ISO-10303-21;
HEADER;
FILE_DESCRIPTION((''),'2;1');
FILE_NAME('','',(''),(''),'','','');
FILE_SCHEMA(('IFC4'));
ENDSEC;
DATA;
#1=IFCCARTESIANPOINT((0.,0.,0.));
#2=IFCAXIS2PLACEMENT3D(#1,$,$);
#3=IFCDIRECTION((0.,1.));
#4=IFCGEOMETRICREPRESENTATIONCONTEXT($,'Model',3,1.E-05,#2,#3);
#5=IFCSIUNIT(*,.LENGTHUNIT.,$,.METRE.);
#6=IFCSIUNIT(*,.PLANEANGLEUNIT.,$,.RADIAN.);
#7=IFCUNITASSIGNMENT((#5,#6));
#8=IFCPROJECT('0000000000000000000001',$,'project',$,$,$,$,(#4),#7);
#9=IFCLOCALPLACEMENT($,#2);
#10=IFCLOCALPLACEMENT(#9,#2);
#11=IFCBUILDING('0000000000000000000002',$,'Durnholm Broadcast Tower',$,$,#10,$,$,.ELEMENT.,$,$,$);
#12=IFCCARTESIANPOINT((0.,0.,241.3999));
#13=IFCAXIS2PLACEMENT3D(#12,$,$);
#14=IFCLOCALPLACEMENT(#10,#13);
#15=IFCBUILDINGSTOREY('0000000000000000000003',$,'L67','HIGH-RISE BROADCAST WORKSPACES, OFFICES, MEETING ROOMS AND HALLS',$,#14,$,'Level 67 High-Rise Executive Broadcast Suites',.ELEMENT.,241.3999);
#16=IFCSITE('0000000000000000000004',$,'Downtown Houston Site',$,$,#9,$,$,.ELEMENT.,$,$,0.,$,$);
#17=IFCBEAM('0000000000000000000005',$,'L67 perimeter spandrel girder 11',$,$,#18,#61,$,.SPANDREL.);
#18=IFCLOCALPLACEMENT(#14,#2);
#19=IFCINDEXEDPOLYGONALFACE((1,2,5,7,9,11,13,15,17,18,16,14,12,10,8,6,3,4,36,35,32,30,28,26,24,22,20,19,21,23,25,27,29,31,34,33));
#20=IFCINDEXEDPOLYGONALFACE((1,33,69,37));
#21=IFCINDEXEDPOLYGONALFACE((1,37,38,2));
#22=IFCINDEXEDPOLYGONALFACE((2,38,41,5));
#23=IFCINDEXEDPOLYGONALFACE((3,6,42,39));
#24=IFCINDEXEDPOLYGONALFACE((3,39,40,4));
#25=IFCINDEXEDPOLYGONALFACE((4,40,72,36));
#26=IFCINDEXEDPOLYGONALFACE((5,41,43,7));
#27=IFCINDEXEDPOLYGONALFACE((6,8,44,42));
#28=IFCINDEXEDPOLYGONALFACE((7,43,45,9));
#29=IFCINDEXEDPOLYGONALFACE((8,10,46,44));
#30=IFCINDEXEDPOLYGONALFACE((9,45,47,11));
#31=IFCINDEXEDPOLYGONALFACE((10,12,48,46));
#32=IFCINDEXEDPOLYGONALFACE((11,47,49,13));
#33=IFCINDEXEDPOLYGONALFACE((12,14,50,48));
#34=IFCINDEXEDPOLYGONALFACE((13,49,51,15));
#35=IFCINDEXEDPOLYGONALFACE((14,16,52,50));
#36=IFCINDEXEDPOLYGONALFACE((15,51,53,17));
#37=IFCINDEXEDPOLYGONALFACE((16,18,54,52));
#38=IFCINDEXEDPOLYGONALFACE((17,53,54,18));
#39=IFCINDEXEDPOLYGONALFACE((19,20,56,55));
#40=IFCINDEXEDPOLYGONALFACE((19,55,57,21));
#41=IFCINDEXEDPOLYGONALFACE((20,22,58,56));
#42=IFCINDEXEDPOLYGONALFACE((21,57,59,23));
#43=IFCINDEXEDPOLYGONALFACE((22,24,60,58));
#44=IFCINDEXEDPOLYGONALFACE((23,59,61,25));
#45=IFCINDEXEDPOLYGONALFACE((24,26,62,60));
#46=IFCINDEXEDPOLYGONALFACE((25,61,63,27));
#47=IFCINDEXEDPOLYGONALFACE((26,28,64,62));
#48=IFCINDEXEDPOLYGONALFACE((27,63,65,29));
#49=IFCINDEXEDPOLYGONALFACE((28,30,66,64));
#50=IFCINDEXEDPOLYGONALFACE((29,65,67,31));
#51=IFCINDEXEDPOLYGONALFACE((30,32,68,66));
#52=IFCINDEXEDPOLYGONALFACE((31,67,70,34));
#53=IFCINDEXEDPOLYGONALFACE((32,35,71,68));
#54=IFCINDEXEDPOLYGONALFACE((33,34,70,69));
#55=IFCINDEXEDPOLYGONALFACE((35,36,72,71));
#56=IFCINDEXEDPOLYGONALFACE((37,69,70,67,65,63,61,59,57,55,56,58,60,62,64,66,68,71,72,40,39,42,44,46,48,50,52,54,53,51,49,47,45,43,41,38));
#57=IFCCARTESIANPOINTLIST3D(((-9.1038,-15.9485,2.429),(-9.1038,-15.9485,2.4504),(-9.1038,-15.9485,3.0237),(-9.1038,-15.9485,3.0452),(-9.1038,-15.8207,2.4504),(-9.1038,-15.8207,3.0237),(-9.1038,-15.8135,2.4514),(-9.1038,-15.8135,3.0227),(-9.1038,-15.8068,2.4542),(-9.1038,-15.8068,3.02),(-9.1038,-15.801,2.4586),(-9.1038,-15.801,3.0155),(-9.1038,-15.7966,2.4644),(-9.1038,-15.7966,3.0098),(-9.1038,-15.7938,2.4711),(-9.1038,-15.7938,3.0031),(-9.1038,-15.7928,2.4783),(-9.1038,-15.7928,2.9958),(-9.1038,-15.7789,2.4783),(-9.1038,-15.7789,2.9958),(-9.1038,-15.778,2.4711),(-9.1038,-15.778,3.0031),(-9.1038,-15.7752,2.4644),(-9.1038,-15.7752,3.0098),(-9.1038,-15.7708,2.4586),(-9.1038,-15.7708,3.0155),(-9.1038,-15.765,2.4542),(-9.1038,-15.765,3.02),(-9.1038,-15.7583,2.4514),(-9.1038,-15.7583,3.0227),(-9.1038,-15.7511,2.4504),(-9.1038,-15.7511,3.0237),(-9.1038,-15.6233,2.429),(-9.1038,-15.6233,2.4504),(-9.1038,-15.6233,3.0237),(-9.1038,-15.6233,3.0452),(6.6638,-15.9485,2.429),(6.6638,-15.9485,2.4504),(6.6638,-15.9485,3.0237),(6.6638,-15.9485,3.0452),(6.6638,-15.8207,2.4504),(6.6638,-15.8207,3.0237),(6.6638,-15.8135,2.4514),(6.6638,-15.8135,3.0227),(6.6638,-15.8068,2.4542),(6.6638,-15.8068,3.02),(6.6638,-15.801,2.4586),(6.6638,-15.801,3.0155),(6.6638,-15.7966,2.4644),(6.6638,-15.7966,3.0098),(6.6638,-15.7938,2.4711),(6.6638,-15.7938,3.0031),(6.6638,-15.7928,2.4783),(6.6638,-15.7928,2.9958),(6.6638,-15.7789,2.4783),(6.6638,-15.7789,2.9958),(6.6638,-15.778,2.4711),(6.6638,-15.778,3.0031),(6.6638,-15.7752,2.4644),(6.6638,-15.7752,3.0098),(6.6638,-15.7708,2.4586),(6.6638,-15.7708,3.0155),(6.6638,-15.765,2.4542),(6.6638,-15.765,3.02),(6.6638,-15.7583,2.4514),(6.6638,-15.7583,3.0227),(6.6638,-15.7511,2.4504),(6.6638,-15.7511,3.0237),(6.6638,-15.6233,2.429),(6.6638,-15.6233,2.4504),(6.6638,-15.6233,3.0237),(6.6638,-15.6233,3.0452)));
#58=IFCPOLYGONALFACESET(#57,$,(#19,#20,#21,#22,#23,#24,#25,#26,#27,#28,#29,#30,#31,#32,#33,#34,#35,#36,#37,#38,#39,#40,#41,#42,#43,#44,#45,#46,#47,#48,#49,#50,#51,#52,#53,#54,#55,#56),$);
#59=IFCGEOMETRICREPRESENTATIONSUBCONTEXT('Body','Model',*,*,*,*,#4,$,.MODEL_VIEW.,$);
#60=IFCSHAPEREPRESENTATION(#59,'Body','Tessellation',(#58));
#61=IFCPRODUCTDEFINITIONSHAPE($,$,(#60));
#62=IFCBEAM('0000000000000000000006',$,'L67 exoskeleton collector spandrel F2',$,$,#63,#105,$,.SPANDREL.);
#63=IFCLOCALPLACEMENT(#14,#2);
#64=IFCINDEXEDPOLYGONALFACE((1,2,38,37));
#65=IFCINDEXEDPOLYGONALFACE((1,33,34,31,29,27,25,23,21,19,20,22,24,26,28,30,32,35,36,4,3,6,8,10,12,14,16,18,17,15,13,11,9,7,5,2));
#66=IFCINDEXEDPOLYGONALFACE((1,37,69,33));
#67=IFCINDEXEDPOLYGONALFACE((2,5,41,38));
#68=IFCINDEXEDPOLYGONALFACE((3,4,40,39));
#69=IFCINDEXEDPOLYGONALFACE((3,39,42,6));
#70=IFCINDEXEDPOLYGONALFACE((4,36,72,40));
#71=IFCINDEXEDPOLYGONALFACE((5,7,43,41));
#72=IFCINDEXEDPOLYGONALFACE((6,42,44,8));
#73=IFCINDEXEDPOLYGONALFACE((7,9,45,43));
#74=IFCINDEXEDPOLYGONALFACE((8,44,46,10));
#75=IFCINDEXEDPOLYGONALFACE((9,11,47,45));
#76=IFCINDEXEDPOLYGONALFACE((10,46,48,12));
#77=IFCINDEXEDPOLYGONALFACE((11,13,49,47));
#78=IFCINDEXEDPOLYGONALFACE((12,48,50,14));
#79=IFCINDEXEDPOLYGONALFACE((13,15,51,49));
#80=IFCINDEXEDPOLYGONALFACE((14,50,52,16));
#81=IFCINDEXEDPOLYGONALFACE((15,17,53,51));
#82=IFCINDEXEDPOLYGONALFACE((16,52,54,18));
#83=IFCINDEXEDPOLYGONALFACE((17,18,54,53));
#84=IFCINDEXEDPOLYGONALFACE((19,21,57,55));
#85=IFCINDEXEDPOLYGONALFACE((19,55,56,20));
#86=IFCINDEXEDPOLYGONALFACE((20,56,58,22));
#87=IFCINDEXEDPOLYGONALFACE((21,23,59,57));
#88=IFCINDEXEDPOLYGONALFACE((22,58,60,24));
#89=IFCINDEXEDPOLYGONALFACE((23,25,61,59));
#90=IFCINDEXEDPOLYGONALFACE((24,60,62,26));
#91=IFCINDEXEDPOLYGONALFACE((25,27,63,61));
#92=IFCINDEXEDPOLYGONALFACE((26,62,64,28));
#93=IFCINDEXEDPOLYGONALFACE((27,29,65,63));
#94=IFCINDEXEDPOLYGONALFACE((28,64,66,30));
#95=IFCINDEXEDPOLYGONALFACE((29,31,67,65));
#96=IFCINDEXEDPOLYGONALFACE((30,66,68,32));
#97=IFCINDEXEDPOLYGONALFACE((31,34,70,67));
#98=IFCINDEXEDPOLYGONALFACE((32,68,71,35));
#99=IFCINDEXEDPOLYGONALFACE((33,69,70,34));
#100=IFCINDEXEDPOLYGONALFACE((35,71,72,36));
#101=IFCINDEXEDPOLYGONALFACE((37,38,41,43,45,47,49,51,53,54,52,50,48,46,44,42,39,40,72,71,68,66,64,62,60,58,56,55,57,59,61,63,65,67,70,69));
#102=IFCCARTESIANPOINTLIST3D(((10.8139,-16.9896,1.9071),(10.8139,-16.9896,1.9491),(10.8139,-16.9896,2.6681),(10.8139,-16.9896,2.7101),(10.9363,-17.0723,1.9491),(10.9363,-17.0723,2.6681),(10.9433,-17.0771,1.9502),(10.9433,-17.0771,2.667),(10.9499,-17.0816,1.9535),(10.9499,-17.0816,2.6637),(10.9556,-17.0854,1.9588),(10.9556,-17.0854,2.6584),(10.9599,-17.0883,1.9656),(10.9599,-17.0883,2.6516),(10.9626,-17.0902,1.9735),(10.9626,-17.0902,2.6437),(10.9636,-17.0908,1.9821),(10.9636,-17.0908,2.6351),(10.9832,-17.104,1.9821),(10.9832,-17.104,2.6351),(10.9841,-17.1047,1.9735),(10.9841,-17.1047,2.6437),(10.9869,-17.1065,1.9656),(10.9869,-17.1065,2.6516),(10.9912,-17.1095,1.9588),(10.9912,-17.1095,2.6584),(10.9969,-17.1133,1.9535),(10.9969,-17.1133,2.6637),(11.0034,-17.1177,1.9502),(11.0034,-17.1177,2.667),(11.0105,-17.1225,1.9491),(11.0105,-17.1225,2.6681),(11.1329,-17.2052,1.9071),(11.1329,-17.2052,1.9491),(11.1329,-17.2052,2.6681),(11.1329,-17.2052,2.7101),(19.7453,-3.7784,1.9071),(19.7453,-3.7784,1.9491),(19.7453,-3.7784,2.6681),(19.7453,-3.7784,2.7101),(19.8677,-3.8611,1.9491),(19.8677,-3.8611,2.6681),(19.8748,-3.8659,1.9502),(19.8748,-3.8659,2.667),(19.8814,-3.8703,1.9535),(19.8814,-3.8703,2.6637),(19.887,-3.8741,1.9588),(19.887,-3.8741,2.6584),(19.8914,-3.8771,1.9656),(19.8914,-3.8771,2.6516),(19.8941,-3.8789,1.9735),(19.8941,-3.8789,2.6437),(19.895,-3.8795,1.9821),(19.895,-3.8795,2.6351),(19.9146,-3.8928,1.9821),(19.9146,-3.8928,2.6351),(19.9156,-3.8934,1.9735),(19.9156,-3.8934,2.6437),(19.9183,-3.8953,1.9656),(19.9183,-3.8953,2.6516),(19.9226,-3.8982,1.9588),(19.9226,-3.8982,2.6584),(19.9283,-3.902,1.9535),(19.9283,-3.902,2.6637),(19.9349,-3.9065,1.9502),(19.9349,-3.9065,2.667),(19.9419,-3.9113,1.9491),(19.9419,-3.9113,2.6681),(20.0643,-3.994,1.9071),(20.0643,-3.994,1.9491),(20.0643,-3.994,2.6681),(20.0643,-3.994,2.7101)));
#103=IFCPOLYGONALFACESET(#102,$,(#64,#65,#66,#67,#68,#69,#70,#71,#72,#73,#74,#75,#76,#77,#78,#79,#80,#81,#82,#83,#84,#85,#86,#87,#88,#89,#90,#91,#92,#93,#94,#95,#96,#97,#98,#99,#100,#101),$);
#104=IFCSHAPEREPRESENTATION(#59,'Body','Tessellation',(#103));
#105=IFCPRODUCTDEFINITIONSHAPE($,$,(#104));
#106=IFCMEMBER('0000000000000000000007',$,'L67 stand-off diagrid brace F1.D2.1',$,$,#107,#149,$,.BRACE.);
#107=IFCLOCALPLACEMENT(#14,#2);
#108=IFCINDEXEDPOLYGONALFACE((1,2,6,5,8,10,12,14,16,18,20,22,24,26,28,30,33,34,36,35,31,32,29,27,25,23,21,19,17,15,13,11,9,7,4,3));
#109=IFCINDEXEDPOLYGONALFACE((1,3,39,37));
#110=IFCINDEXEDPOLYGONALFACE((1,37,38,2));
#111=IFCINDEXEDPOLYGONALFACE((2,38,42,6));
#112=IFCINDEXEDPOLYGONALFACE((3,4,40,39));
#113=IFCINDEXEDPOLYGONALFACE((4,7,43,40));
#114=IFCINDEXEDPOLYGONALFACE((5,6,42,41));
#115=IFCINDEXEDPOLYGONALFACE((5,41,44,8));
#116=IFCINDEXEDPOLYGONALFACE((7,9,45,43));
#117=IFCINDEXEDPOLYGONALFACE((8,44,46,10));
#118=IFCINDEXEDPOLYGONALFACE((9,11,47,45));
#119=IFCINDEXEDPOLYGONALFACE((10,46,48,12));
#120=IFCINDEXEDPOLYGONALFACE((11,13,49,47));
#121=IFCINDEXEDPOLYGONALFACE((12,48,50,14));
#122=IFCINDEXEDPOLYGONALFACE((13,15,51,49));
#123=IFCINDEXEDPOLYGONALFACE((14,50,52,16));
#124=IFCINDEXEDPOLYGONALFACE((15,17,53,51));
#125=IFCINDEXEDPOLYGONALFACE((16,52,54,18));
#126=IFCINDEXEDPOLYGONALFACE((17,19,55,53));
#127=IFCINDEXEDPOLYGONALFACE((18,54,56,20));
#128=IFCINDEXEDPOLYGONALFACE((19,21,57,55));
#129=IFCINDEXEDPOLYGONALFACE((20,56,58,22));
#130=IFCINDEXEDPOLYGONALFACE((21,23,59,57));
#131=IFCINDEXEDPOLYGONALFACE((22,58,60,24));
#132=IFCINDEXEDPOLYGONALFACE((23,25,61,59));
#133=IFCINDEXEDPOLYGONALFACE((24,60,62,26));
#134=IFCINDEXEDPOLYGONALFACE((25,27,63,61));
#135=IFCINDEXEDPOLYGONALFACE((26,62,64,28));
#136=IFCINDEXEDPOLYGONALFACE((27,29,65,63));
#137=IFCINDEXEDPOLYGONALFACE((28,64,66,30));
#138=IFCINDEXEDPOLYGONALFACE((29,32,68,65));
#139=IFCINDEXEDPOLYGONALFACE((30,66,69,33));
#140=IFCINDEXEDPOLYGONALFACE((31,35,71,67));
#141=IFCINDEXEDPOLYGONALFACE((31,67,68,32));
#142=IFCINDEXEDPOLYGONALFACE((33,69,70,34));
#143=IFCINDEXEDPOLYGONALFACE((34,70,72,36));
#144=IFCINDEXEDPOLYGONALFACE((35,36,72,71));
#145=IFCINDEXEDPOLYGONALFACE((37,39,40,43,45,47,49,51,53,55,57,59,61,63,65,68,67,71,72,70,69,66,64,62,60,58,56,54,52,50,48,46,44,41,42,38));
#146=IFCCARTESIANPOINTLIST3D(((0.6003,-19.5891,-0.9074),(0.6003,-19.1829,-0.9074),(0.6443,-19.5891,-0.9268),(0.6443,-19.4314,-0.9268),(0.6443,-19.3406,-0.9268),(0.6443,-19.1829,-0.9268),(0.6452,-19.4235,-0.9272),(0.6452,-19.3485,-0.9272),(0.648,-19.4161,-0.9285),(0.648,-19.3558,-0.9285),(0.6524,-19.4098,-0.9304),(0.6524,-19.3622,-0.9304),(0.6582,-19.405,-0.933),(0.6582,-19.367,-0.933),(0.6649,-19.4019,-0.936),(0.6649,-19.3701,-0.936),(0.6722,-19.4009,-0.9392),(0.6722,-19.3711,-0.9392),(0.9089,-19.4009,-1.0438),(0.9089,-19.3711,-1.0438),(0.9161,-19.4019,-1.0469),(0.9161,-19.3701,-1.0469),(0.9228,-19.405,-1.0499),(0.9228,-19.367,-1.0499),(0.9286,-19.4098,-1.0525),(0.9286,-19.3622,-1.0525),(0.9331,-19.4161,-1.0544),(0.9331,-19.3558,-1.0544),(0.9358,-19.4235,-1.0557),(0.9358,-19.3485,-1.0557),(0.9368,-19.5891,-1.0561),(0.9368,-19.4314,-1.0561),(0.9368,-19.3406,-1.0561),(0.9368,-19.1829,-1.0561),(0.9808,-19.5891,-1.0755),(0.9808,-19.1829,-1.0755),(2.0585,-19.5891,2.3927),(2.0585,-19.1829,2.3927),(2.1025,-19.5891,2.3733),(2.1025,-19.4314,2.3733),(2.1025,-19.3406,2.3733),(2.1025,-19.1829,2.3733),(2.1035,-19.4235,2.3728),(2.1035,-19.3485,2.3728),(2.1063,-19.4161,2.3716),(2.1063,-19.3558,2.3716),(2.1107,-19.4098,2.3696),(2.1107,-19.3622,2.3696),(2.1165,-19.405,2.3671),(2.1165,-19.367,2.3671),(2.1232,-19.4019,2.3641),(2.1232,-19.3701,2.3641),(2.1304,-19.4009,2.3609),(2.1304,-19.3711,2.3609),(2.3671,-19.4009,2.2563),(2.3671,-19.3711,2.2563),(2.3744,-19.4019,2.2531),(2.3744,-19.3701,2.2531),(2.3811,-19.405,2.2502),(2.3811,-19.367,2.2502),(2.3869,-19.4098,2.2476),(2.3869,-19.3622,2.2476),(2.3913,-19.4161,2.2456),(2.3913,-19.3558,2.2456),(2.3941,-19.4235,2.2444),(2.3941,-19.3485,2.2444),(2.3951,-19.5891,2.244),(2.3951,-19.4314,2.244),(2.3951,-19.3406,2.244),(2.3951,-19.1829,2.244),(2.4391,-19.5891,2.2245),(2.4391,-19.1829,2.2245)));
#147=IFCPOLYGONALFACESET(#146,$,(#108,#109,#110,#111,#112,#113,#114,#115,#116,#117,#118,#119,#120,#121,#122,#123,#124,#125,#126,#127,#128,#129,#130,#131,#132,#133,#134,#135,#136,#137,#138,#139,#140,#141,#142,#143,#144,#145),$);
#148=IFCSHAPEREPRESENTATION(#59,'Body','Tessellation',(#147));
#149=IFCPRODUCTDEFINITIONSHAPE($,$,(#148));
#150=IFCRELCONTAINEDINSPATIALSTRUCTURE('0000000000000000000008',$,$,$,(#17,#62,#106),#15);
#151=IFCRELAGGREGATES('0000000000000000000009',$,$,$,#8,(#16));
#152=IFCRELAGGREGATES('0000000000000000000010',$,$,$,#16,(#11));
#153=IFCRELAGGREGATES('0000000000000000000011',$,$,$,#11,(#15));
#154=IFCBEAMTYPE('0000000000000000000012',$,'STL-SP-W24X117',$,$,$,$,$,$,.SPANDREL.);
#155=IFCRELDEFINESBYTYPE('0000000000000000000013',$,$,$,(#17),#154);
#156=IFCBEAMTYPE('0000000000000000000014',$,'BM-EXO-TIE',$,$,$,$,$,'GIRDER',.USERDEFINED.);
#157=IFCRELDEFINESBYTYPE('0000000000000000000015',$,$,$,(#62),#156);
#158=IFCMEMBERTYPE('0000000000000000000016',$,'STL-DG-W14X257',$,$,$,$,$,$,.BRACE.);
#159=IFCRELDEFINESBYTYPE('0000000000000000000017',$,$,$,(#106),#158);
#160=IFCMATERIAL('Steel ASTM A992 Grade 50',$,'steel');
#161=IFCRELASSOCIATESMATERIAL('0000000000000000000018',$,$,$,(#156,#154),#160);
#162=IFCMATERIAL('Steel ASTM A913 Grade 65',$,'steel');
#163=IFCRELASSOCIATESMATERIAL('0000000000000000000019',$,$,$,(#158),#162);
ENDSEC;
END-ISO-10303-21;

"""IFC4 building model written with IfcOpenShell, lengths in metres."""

from ifc_helpers import new_model, si_unit, direction, frame, origin, origin_2d, place, context, subcontext, project, spatial, i_section, extrude, source, transform, mapped, material, material_profile, profile_set, type_object, type_shapes, element, save


model = new_model("IFC4")

# Units and contexts
model_context = context("Model", 3, precision=1e-05, world=origin(), true_north=direction((0.0, 1.0)))
body_context = subcontext(model_context, "Body", "Model", "MODEL_VIEW")
ifc_project = project(units=[si_unit("LENGTHUNIT", "METRE"), si_unit("PLANEANGLEUNIT", "RADIAN")], contexts=[model_context])

# Site, building, storey
site_placement = place(None, origin())
site = spatial("IfcSite", under=ifc_project, at=site_placement, Name="Downtown Houston Site", CompositionType="ELEMENT", RefElevation=0.0)
building_placement = place(site_placement, origin())
building = spatial("IfcBuilding", under=site, at=building_placement, Name="Durnholm Broadcast Tower", CompositionType="ELEMENT")
storey_placement = place(building_placement, frame((0.0, 0.0, 241.3999)))
storey = spatial("IfcBuildingStorey", under=building, at=storey_placement, Name="L67", Description="HIGH-RISE BROADCAST WORKSPACES, OFFICES, MEETING ROOMS AND HALLS", LongName="Level 67 High-Rise Executive Broadcast Suites", CompositionType="ELEMENT", Elevation=241.3999)

# Beams
ifc_material_1 = material(Name="Steel ASTM A992 Grade 50", Category="steel")
ifc_material_profile_1 = material_profile(ifc_material_1, i_section(OverallWidth=0.385, OverallDepth=0.803, WebThickness=0.0237, FlangeThickness=0.042, FilletRadius=0.033, at=origin_2d()), Name="W30X261")
ifc_profile_set_1 = profile_set([ifc_material_profile_1], Name="Steel ASTM A992 Grade 50")
beam_type_1 = type_object("IfcBeamType", Name="BM-EXO-TIE", ElementType="GIRDER", PredefinedType="USERDEFINED", material=ifc_profile_set_1)
ifc_material_profile_2 = material_profile(ifc_material_1, i_section(OverallWidth=0.3252, OverallDepth=0.6162, WebThickness=0.0139, FlangeThickness=0.0215, FilletRadius=0.0278, at=origin_2d()), Name="W24X117")
ifc_profile_set_2 = profile_set([ifc_material_profile_2], Name="Steel ASTM A992 Grade 50")
beam_type_2 = type_object("IfcBeamType", Name="STL-SP-W24X117", PredefinedType="SPANDREL", material=ifc_profile_set_2)
shared_shape_1 = source(origin(), body_context, "Body", "SweptSolid", [
    extrude(i_section(OverallWidth=0.3252, OverallDepth=0.6162, WebThickness=0.0139, FlangeThickness=0.0215, FilletRadius=0.0278, at=origin_2d()), origin(), (0.0, 0.0, 1.0), 15.7676),
])
beam_1_placement = place(storey_placement, frame((6.6638, -15.7859, 2.7371), z_axis=(-1.0, 0.0, 0.0), x_axis=(0.0, -1.0, 0.0)))
element("IfcBeam", 1, at=beam_1_placement, inside=storey, type_object=beam_type_2, Name="L67 perimeter spandrel girder 11", PredefinedType="SPANDREL", context=body_context, shape_type="MappedRepresentation", body=[
    mapped(shared_shape_1, transform((0.0, 0.0, 0.0), x_axis=(1.0, 0.0, 0.0), y_axis=(0.0, 1.0, 0.0), z_axis=(0.0, 0.0, 1.0), scale=1.0)),
])
shared_shape_2 = source(origin(), body_context, "Body", "SweptSolid", [
    extrude(i_section(OverallWidth=0.385, OverallDepth=0.803, WebThickness=0.0237, FlangeThickness=0.042, FilletRadius=0.033, at=origin_2d()), origin(), (0.0, 0.0, 1.0), 15.947),
])
beam_2_placement = place(storey_placement, frame((10.9734, -17.0974, 2.3086), z_axis=(0.560069, 0.828446, 0.0), x_axis=(-0.828446, 0.560069, 0.0)))
element("IfcBeam", 2, at=beam_2_placement, inside=storey, type_object=beam_type_1, Name="L67 exoskeleton collector spandrel F2", PredefinedType="SPANDREL", context=body_context, shape_type="MappedRepresentation", body=[
    mapped(shared_shape_2, transform((0.0, 0.0, 0.0), x_axis=(1.0, 0.0, 0.0), y_axis=(0.0, 1.0, 0.0), z_axis=(0.0, 0.0, 1.0), scale=1.0)),
])

# Member
ifc_material_2 = material(Name="Steel ASTM A913 Grade 65", Category="steel")
ifc_material_profile_3 = material_profile(ifc_material_2, i_section(OverallWidth=0.4062, OverallDepth=0.416, WebThickness=0.0298, FlangeThickness=0.0481, FilletRadius=0.0305, at=origin_2d()), Name="W14X257")
ifc_profile_set_3 = profile_set([ifc_material_profile_3], Name="Steel ASTM A913 Grade 65")
member_type_1 = type_object("IfcMemberType", Name="STL-DG-W14X257", PredefinedType="BRACE", material=ifc_profile_set_3)
shared_shape_3 = source(origin(), body_context, "Body", "SweptSolid", [
    extrude(i_section(OverallWidth=0.4062, OverallDepth=0.416, WebThickness=0.0298, FlangeThickness=0.0481, FilletRadius=0.0305, at=origin_2d()), origin(), (0.0, 0.0, 1.0), 3.6079),
])
type_shapes(member_type_1, [shared_shape_3])
for number, where, z_axis, x_axis, name in (
    (3, (0.7905, -19.386, -0.9915), (0.404185, 0.0, 0.914677), (0.0, 1.0, 0.0), "L67 stand-off diagrid brace F1.D2.1"),
):
    element("IfcMember", number, at=place(storey_placement, frame(where, z_axis=z_axis, x_axis=x_axis)), inside=storey, type_object=member_type_1, Name=name, PredefinedType="BRACE", context=body_context, shape_type="MappedRepresentation", body=[
        mapped(shared_shape_3, transform((0.0, 0.0, 0.0), x_axis=(1.0, 0.0, 0.0), y_axis=(0.0, 1.0, 0.0), z_axis=(0.0, 0.0, 1.0), scale=1.0)),
    ])

save(model, "model.ifc")
